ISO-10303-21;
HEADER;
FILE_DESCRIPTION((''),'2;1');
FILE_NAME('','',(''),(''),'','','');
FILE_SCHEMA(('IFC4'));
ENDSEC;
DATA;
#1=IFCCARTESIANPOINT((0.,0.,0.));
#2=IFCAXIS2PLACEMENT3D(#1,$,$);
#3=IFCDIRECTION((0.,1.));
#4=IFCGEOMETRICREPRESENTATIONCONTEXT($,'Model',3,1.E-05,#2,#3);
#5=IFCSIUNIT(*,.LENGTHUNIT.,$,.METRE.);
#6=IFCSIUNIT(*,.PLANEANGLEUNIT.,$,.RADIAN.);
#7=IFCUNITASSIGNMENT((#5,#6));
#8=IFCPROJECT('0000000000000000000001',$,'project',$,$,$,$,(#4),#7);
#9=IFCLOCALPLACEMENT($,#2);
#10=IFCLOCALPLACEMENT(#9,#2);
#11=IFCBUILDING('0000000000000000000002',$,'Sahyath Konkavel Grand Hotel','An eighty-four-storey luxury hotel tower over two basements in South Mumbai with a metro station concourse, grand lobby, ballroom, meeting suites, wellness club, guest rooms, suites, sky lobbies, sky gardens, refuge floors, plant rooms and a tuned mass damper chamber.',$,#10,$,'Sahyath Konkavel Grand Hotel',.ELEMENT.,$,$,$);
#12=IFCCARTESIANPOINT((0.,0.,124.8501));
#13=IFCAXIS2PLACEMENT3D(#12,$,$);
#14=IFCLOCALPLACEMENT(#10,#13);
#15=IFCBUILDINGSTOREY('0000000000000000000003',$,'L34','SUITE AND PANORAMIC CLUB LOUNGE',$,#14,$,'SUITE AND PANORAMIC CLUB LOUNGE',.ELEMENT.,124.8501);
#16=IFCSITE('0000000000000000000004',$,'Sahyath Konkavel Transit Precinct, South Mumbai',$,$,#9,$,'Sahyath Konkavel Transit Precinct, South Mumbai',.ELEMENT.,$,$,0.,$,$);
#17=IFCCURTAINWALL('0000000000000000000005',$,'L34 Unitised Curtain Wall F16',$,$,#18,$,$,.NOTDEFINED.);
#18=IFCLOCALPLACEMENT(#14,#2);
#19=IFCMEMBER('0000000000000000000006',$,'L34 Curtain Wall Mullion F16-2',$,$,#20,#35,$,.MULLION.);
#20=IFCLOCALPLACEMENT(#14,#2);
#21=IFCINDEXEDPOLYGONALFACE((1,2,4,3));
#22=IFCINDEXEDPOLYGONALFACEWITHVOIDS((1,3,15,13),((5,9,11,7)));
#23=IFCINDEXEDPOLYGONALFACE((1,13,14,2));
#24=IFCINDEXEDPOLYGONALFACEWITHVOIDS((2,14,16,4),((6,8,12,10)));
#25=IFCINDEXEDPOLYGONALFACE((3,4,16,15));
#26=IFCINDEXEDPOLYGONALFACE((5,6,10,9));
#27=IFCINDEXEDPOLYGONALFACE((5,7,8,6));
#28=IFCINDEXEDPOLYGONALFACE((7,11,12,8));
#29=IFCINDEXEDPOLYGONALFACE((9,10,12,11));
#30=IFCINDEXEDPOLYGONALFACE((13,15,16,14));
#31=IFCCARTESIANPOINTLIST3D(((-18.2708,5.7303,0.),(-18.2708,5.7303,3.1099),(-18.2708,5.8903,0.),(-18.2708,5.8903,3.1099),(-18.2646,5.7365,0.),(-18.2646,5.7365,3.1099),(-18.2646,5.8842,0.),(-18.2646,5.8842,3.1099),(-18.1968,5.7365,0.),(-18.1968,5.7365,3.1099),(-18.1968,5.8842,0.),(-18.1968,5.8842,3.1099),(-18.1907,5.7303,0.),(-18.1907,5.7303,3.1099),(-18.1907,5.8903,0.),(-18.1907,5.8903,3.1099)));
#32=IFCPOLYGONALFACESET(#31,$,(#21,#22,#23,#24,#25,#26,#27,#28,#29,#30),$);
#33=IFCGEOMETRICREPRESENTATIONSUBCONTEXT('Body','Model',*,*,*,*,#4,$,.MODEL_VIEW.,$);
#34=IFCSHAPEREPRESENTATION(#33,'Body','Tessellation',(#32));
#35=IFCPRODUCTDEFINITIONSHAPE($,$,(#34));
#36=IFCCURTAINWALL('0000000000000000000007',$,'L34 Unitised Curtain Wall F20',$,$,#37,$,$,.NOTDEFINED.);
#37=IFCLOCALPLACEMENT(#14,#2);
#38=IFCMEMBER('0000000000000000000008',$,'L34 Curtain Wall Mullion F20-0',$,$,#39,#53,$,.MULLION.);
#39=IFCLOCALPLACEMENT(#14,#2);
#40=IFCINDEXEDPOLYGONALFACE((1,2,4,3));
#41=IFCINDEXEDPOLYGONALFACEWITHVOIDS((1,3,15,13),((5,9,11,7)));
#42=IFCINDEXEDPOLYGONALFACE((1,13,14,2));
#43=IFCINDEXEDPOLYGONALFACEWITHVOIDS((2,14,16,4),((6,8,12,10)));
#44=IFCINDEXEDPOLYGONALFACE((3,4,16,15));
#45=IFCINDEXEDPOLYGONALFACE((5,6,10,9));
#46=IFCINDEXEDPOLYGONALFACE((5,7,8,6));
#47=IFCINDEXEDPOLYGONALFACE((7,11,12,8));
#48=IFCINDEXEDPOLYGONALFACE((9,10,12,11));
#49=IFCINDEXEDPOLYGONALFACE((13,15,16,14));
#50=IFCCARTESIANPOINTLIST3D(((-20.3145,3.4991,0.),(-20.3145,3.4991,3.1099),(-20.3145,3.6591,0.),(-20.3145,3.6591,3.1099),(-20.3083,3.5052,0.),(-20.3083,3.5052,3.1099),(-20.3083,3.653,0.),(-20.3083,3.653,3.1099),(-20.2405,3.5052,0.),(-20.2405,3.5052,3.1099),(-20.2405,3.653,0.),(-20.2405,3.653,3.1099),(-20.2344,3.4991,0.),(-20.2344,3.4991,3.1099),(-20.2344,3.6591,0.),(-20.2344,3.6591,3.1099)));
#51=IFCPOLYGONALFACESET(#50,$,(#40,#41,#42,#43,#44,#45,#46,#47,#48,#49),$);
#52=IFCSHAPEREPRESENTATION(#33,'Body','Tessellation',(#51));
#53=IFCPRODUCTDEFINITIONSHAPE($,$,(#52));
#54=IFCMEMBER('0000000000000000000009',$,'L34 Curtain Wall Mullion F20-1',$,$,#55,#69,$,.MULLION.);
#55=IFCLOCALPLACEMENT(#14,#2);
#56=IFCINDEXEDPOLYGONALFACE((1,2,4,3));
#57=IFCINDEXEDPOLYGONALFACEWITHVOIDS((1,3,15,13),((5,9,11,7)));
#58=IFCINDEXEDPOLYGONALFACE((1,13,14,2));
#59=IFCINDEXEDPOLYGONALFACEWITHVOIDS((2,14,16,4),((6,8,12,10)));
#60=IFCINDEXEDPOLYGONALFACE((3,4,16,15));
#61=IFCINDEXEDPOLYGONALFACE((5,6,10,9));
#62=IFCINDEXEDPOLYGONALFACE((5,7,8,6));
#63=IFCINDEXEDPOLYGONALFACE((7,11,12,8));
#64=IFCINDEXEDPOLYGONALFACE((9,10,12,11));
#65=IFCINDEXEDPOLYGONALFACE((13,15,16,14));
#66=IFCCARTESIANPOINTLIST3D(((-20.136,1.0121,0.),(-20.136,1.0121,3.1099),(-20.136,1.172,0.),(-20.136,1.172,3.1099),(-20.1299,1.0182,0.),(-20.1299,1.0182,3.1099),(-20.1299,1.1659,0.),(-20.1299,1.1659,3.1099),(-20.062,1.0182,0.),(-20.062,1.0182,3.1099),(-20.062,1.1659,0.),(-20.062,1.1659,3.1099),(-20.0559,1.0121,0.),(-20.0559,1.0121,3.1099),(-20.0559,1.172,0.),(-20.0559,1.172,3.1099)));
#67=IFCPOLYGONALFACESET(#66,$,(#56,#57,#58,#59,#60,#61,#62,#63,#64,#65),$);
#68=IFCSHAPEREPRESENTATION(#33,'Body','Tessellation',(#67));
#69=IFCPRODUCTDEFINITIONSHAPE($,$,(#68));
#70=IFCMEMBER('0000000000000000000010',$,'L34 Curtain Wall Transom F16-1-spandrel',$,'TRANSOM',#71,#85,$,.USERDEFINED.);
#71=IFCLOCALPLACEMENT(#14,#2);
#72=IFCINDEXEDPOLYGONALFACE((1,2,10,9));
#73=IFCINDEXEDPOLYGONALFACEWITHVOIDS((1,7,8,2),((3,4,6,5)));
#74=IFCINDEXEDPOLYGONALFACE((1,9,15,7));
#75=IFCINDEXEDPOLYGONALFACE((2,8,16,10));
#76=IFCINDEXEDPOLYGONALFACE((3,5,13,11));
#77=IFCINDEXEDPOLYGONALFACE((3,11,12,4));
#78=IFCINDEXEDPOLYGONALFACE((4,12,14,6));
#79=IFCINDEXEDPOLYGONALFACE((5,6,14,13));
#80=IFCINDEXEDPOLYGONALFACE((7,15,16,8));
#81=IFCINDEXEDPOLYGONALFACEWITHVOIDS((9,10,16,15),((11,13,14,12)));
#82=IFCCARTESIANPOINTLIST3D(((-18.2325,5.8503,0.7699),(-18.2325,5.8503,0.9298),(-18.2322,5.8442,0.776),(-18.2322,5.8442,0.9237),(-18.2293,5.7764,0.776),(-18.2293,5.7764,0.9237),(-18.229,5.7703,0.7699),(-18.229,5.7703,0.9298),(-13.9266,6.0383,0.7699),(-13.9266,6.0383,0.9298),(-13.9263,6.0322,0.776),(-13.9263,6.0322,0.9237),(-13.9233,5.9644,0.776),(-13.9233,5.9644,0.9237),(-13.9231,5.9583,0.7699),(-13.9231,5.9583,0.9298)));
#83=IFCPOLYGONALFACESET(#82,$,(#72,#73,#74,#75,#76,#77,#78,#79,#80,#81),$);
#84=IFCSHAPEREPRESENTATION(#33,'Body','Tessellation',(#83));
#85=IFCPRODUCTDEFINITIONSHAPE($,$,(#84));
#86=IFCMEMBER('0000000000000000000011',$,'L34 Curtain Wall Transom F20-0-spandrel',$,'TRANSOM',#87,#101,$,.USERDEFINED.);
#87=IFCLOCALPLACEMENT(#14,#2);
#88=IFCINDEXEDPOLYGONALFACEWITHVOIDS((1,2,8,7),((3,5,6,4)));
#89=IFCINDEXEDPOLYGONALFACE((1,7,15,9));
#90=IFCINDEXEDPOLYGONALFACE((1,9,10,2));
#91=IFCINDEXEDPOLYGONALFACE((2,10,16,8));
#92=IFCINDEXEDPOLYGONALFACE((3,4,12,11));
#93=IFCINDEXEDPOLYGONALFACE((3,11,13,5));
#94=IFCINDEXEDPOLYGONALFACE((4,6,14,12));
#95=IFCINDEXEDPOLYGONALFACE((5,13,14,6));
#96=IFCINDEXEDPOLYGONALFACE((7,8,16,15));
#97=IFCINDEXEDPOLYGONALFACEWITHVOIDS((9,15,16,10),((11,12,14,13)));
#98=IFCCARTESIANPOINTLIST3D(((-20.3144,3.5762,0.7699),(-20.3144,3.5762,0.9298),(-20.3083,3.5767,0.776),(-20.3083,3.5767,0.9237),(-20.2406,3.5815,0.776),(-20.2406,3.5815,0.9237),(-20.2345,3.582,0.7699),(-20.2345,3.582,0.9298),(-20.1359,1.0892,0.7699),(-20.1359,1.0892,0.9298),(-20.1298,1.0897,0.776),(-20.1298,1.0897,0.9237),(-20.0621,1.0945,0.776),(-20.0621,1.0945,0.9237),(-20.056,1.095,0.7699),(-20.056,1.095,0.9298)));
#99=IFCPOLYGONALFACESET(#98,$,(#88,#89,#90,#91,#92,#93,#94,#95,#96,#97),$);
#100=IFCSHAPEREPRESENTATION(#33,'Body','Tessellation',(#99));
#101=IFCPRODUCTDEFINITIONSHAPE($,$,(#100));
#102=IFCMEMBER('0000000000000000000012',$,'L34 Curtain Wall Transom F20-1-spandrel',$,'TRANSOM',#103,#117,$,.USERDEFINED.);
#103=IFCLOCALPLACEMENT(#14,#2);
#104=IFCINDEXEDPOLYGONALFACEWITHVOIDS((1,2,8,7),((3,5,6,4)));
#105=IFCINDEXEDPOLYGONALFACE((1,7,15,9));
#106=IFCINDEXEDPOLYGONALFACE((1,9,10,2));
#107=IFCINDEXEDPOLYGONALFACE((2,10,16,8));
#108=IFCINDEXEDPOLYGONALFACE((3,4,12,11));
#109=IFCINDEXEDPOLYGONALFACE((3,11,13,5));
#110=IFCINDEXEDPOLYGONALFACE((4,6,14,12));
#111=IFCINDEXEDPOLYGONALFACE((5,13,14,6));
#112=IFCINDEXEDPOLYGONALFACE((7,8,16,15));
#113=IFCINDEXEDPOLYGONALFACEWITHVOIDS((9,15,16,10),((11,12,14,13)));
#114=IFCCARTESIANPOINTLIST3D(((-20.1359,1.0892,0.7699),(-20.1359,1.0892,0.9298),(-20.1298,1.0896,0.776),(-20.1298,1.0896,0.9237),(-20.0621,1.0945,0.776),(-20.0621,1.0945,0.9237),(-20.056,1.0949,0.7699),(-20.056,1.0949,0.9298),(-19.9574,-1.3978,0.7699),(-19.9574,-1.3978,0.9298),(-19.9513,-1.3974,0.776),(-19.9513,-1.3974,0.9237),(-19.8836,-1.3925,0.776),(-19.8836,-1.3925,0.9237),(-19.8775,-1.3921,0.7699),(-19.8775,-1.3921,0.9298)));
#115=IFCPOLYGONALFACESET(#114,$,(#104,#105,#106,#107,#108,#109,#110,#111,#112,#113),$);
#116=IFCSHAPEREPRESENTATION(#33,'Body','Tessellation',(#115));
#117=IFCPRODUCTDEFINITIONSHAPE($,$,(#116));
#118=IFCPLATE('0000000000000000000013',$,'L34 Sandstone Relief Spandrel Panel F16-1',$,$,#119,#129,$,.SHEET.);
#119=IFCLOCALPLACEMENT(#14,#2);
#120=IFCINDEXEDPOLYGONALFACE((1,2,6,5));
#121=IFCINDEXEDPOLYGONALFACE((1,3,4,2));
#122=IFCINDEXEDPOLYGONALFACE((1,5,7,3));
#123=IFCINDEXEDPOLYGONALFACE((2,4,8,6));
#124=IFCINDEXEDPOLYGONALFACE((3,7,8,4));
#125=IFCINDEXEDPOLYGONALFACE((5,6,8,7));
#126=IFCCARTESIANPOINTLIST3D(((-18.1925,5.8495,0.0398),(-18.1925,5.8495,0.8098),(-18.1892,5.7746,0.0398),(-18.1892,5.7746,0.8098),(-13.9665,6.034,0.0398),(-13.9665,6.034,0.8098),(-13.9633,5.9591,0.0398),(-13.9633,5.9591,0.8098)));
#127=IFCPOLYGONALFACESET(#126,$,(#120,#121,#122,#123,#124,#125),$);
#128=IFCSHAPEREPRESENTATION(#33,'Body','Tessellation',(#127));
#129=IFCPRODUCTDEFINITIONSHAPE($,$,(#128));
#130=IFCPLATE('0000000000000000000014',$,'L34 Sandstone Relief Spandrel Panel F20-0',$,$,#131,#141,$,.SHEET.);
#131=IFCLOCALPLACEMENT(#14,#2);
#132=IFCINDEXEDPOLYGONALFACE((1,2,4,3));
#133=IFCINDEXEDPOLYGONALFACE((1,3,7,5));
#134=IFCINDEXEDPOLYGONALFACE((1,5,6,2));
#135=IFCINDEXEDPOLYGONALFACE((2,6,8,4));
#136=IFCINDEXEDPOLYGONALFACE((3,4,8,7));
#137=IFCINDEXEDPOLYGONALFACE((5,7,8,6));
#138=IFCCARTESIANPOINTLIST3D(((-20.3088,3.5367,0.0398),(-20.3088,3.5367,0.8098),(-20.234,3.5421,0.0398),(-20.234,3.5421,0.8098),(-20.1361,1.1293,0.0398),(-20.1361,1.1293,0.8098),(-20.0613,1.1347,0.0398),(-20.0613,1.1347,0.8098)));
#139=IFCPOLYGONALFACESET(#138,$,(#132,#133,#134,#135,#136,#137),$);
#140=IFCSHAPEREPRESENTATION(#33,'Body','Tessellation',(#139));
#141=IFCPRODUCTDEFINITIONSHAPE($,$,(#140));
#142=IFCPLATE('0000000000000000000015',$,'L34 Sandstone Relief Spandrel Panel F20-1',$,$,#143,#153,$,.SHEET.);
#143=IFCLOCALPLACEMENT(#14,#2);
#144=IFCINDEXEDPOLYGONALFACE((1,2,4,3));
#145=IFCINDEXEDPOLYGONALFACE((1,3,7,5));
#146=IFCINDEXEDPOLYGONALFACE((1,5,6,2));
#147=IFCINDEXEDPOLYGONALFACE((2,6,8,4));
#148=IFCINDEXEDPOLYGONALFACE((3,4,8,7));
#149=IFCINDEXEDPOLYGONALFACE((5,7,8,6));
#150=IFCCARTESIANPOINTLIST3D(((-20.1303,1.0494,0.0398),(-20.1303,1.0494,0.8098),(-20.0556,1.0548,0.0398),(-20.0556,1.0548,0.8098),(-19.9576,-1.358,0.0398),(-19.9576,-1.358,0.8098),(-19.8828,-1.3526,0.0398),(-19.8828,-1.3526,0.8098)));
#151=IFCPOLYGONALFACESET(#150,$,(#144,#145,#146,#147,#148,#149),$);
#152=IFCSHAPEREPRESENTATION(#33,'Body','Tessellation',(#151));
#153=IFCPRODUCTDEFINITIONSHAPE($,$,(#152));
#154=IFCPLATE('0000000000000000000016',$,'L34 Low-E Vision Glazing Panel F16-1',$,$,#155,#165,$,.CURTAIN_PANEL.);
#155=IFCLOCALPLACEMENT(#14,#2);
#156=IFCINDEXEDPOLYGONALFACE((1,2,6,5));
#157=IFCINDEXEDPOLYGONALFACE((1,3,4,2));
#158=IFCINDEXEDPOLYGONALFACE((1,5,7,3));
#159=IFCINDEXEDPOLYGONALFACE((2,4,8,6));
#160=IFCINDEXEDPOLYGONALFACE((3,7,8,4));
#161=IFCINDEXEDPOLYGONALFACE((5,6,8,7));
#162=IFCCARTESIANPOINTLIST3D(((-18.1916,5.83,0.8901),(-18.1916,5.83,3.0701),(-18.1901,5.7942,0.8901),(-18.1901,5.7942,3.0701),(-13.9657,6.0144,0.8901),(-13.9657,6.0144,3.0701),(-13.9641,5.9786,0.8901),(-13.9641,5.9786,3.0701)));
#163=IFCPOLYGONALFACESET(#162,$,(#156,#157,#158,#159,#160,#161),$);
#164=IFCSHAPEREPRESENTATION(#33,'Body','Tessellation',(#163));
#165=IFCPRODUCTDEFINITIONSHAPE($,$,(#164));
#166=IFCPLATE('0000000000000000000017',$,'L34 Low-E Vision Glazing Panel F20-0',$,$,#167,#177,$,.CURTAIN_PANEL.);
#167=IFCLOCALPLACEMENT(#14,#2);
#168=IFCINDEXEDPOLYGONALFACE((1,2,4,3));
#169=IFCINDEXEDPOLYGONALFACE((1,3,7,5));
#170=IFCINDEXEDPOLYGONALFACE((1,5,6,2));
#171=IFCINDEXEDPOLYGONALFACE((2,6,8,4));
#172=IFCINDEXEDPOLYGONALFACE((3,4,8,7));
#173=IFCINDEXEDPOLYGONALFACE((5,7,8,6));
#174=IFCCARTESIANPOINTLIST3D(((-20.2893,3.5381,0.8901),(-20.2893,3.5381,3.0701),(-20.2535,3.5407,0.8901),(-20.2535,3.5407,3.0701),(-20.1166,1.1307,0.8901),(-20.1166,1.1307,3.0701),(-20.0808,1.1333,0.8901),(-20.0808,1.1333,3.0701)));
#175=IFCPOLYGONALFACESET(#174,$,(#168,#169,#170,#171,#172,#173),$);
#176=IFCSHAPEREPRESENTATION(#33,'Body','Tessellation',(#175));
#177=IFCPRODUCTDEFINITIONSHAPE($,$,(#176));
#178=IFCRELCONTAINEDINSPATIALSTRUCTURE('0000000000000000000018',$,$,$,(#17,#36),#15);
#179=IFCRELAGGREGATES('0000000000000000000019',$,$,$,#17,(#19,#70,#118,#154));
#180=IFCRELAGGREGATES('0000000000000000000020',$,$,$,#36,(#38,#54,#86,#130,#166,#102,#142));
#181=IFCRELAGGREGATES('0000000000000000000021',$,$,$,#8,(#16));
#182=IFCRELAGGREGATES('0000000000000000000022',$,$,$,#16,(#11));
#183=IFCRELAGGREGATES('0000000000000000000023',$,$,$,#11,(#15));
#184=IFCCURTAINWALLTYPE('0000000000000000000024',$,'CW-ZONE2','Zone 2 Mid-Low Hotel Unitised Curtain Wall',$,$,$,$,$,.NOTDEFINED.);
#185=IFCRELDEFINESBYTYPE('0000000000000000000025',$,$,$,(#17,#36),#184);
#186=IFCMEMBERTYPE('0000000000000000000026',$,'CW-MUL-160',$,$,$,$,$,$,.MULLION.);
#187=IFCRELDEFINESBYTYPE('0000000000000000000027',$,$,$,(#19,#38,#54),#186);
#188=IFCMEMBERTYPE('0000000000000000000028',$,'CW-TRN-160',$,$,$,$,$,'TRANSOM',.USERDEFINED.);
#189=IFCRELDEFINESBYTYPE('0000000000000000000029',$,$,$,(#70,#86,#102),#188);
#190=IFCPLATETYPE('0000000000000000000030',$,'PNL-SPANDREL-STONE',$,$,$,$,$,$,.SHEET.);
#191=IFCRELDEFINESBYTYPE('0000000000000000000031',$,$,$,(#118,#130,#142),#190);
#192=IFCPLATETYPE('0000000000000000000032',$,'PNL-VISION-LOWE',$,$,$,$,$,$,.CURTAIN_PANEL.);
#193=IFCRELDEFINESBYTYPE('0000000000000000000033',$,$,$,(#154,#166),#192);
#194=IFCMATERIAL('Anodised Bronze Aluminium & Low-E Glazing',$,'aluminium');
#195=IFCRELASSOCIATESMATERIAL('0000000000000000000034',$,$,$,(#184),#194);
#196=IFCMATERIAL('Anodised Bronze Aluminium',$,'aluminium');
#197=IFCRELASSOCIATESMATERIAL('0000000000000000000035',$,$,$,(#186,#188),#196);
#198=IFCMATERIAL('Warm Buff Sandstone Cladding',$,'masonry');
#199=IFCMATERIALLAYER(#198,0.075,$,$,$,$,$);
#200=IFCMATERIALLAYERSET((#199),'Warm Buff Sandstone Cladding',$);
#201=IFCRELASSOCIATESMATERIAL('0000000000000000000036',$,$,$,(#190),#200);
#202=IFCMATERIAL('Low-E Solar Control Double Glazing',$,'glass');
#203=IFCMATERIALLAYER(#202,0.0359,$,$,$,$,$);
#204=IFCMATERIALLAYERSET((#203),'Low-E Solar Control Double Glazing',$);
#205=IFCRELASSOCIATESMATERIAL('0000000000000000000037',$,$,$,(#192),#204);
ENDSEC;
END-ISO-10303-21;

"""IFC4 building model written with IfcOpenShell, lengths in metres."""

from ifc_helpers import new_model, si_unit, direction, frame, origin, origin_2d, place, context, subcontext, project, spatial, rectangle, hollow_rectangle, extrude, source, transform, mapped, material, layer, layer_set, material_profile, profile_set, type_object, element, aggregate, save


model = new_model("IFC4")

# Units and contexts
model_context = context("Model", 3, precision=1e-05, world=origin(), true_north=direction((0.0, 1.0)))
body_context = subcontext(model_context, "Body", "Model", "MODEL_VIEW")
ifc_project = project(units=[si_unit("LENGTHUNIT", "METRE"), si_unit("PLANEANGLEUNIT", "RADIAN")], contexts=[model_context])

# Site, building, storey
site_placement = place(None, origin())
site = spatial("IfcSite", under=ifc_project, at=site_placement, Name="Sahyath Konkavel Transit Precinct, South Mumbai", LongName="Sahyath Konkavel Transit Precinct, South Mumbai", CompositionType="ELEMENT", RefElevation=0.0)
building_placement = place(site_placement, origin())
building = spatial("IfcBuilding", under=site, at=building_placement, Name="Sahyath Konkavel Grand Hotel", Description="An eighty-four-storey luxury hotel tower over two basements in South Mumbai with a metro station concourse, grand lobby, ballroom, meeting suites, wellness club, guest rooms, suites, sky lobbies, sky gardens, refuge floors, plant rooms and a tuned mass damper chamber.", LongName="Sahyath Konkavel Grand Hotel", CompositionType="ELEMENT")
storey_placement = place(building_placement, frame((0.0, 0.0, 124.8501)))
storey = spatial("IfcBuildingStorey", under=building, at=storey_placement, Name="L34", Description="SUITE AND PANORAMIC CLUB LOUNGE", LongName="SUITE AND PANORAMIC CLUB LOUNGE", CompositionType="ELEMENT", Elevation=124.8501)

# Curtain walls, members
ifc_material_1 = material(Name="Anodised Bronze Aluminium & Low-E Glazing", Category="aluminium")
curtain_wall_type = type_object("IfcCurtainWallType", Name="CW-ZONE2", Description="Zone 2 Mid-Low Hotel Unitised Curtain Wall", PredefinedType="NOTDEFINED", material=ifc_material_1)
curtain_wall_1_placement = place(storey_placement, origin())
curtain_wall_1 = element("IfcCurtainWall", 1, at=curtain_wall_1_placement, inside=storey, type_object=curtain_wall_type, Name="L34 Unitised Curtain Wall F16", PredefinedType="NOTDEFINED")
ifc_material_2 = material(Name="Anodised Bronze Aluminium", Category="aluminium")
ifc_material_profile_1 = material_profile(ifc_material_2, hollow_rectangle(XDim=0.0801, YDim=0.1599, WallThickness=0.0061, at=origin_2d()), Name="RHS 160x80x6")
ifc_profile_set_1 = profile_set([ifc_material_profile_1], Name="Anodised Bronze Aluminium")
member_type_1 = type_object("IfcMemberType", Name="CW-MUL-160", PredefinedType="MULLION", material=ifc_profile_set_1)
shared_shape_1 = source(origin(), body_context, "Body", "SweptSolid", [
    extrude(hollow_rectangle(XDim=0.0801, YDim=0.1599, WallThickness=0.0061, at=origin_2d()), origin(), (0.0, 0.0, 1.0), 3.1099),
])
member_1_placement = place(storey_placement, frame((-18.2307, 5.8103, 0.0), z_axis=(0.0, 0.0, 1.0), x_axis=(1.0, 0.0, 0.0)))
member_1 = element("IfcMember", 2, at=member_1_placement, type_object=member_type_1, Name="L34 Curtain Wall Mullion F16-2", PredefinedType="MULLION", context=body_context, shape_type="MappedRepresentation", body=[
    mapped(shared_shape_1, transform((0.0, 0.0, 0.0), scale=1.0)),
])
curtain_wall_2_placement = place(storey_placement, origin())
curtain_wall_2 = element("IfcCurtainWall", 3, at=curtain_wall_2_placement, inside=storey, type_object=curtain_wall_type, Name="L34 Unitised Curtain Wall F20", PredefinedType="NOTDEFINED")
member_2_placement = place(storey_placement, frame((-20.2744, 3.5791, 0.0), z_axis=(0.0, 0.0, 1.0), x_axis=(1.0, 0.0, 0.0)))
member_2 = element("IfcMember", 4, at=member_2_placement, type_object=member_type_1, Name="L34 Curtain Wall Mullion F20-0", PredefinedType="MULLION", context=body_context, shape_type="MappedRepresentation", body=[
    mapped(shared_shape_1, transform((0.0, 0.0, 0.0), scale=1.0)),
])
member_3_placement = place(storey_placement, frame((-20.0959, 1.092, 0.0), z_axis=(0.0, 0.0, 1.0), x_axis=(1.0, 0.0, 0.0)))
member_3 = element("IfcMember", 5, at=member_3_placement, type_object=member_type_1, Name="L34 Curtain Wall Mullion F20-1", PredefinedType="MULLION", context=body_context, shape_type="MappedRepresentation", body=[
    mapped(shared_shape_1, transform((0.0, 0.0, 0.0), scale=1.0)),
])

# Members
ifc_material_profile_2 = material_profile(ifc_material_2, hollow_rectangle(XDim=0.0801, YDim=0.1599, WallThickness=0.0061, at=origin_2d()), Name="RHS 160x80x6")
ifc_profile_set_2 = profile_set([ifc_material_profile_2], Name="Anodised Bronze Aluminium")
member_type_2 = type_object("IfcMemberType", Name="CW-TRN-160", ElementType="TRANSOM", PredefinedType="USERDEFINED", material=ifc_profile_set_2)
shared_shape_2 = source(origin(), body_context, "Body", "SweptSolid", [
    extrude(hollow_rectangle(XDim=0.0801, YDim=0.1599, WallThickness=0.0061, at=origin_2d()), origin(), (0.0, 0.0, 1.0), 4.3101),
])
member_4_placement = place(storey_placement, frame((-13.9248, 5.9983, 0.8499), z_axis=(-0.999048, -0.043617, 0.0), x_axis=(0.043617, -0.999048, 0.0)))
member_4 = element("IfcMember", 6, at=member_4_placement, type_object=member_type_2, Name="L34 Curtain Wall Transom F16-1-spandrel", ObjectType="TRANSOM", PredefinedType="USERDEFINED", context=body_context, shape_type="MappedRepresentation", body=[
    mapped(shared_shape_2, transform((0.0, 0.0, 0.0), scale=1.0)),
])
shared_shape_3 = source(origin(), body_context, "Body", "SweptSolid", [
    extrude(hollow_rectangle(XDim=0.0801, YDim=0.1599, WallThickness=0.0061, at=origin_2d()), origin(), (0.0, 0.0, 1.0), 2.4934),
])
member_5_placement = place(storey_placement, frame((-20.2744, 3.5791, 0.8499), z_axis=(0.071574, -0.997435, 0.0), x_axis=(0.997435, 0.071574, 0.0)))
member_5 = element("IfcMember", 7, at=member_5_placement, type_object=member_type_2, Name="L34 Curtain Wall Transom F20-0-spandrel", ObjectType="TRANSOM", PredefinedType="USERDEFINED", context=body_context, shape_type="MappedRepresentation", body=[
    mapped(shared_shape_3, transform((0.0, 0.0, 0.0), scale=1.0)),
])
member_6_placement = place(storey_placement, frame((-20.0959, 1.092, 0.8499), z_axis=(0.071574, -0.997435, 0.0), x_axis=(0.997435, 0.071574, 0.0)))
member_6 = element("IfcMember", 8, at=member_6_placement, type_object=member_type_2, Name="L34 Curtain Wall Transom F20-1-spandrel", ObjectType="TRANSOM", PredefinedType="USERDEFINED", context=body_context, shape_type="MappedRepresentation", body=[
    mapped(shared_shape_3, transform((0.0, 0.0, 0.0), scale=1.0)),
])

# Plates
ifc_material_3 = material(Name="Warm Buff Sandstone Cladding", Category="masonry")
ifc_layer_1 = layer(ifc_material_3, 0.075)
ifc_layer_set_1 = layer_set([ifc_layer_1], Name="Warm Buff Sandstone Cladding")
plate_type_1 = type_object("IfcPlateType", Name="PNL-SPANDREL-STONE", PredefinedType="SHEET", material=ifc_layer_set_1)
shared_shape_4 = source(origin(), body_context, "Body", "SweptSolid", [
    extrude(rectangle(XDim=4.23, YDim=0.075, at=origin_2d()), origin(), (0.0, 0.0, 1.0), 0.77),
])
plate_1_placement = place(storey_placement, frame((-16.0779, 5.9043, 0.0398), z_axis=(0.0, 0.0, 1.0), x_axis=(-0.999049, -0.043602, 0.0)))
plate_1 = element("IfcPlate", 9, at=plate_1_placement, type_object=plate_type_1, Name="L34 Sandstone Relief Spandrel Panel F16-1", PredefinedType="SHEET", context=body_context, shape_type="MappedRepresentation", body=[
    mapped(shared_shape_4, transform((0.0, 0.0, 0.0), scale=1.0)),
])
shared_shape_5 = source(origin(), body_context, "Body", "SweptSolid", [
    extrude(rectangle(XDim=2.4136, YDim=0.075, at=origin_2d()), origin(), (0.0, 0.0, 1.0), 0.77),
])
plate_2_placement = place(storey_placement, frame((-20.1851, 2.3357, 0.0398), z_axis=(0.0, 0.0, 1.0), x_axis=(0.071567, -0.997436, 0.0)))
plate_2 = element("IfcPlate", 10, at=plate_2_placement, type_object=plate_type_1, Name="L34 Sandstone Relief Spandrel Panel F20-0", PredefinedType="SHEET", context=body_context, shape_type="MappedRepresentation", body=[
    mapped(shared_shape_5, transform((0.0, 0.0, 0.0), scale=1.0)),
])
plate_3_placement = place(storey_placement, frame((-20.0066, -0.1516, 0.0398), z_axis=(0.0, 0.0, 1.0), x_axis=(0.071567, -0.997436, 0.0)))
plate_3 = element("IfcPlate", 11, at=plate_3_placement, type_object=plate_type_1, Name="L34 Sandstone Relief Spandrel Panel F20-1", PredefinedType="SHEET", context=body_context, shape_type="MappedRepresentation", body=[
    mapped(shared_shape_5, transform((0.0, 0.0, 0.0), scale=1.0)),
])
ifc_material_4 = material(Name="Low-E Solar Control Double Glazing", Category="glass")
ifc_layer_2 = layer(ifc_material_4, 0.0359)
ifc_layer_set_2 = layer_set([ifc_layer_2], Name="Low-E Solar Control Double Glazing")
plate_type_2 = type_object("IfcPlateType", Name="PNL-VISION-LOWE", PredefinedType="CURTAIN_PANEL", material=ifc_layer_set_2)
shared_shape_6 = source(origin(), body_context, "Body", "SweptSolid", [
    extrude(rectangle(XDim=4.23, YDim=0.0359, at=origin_2d()), origin(), (0.0, 0.0, 1.0), 2.1799),
])
plate_4_placement = place(storey_placement, frame((-16.0779, 5.9043, 0.8901), z_axis=(0.0, 0.0, 1.0), x_axis=(-0.999049, -0.043602, 0.0)))
plate_4 = element("IfcPlate", 12, at=plate_4_placement, type_object=plate_type_2, Name="L34 Low-E Vision Glazing Panel F16-1", PredefinedType="CURTAIN_PANEL", context=body_context, shape_type="MappedRepresentation", body=[
    mapped(shared_shape_6, transform((0.0, 0.0, 0.0), scale=1.0)),
])
aggregate(curtain_wall_1, [member_1, member_4, plate_1, plate_4])
shared_shape_7 = source(origin(), body_context, "Body", "SweptSolid", [
    extrude(rectangle(XDim=2.4136, YDim=0.0359, at=origin_2d()), origin(), (0.0, 0.0, 1.0), 2.1799),
])
plate_5_placement = place(storey_placement, frame((-20.1851, 2.3357, 0.8901), z_axis=(0.0, 0.0, 1.0), x_axis=(0.071567, -0.997436, 0.0)))
plate_5 = element("IfcPlate", 13, at=plate_5_placement, type_object=plate_type_2, Name="L34 Low-E Vision Glazing Panel F20-0", PredefinedType="CURTAIN_PANEL", context=body_context, shape_type="MappedRepresentation", body=[
    mapped(shared_shape_7, transform((0.0, 0.0, 0.0), scale=1.0)),
])
aggregate(curtain_wall_2, [member_2, member_3, member_5, plate_2, plate_5, member_6, plate_3])

save(model, "model.ifc")
